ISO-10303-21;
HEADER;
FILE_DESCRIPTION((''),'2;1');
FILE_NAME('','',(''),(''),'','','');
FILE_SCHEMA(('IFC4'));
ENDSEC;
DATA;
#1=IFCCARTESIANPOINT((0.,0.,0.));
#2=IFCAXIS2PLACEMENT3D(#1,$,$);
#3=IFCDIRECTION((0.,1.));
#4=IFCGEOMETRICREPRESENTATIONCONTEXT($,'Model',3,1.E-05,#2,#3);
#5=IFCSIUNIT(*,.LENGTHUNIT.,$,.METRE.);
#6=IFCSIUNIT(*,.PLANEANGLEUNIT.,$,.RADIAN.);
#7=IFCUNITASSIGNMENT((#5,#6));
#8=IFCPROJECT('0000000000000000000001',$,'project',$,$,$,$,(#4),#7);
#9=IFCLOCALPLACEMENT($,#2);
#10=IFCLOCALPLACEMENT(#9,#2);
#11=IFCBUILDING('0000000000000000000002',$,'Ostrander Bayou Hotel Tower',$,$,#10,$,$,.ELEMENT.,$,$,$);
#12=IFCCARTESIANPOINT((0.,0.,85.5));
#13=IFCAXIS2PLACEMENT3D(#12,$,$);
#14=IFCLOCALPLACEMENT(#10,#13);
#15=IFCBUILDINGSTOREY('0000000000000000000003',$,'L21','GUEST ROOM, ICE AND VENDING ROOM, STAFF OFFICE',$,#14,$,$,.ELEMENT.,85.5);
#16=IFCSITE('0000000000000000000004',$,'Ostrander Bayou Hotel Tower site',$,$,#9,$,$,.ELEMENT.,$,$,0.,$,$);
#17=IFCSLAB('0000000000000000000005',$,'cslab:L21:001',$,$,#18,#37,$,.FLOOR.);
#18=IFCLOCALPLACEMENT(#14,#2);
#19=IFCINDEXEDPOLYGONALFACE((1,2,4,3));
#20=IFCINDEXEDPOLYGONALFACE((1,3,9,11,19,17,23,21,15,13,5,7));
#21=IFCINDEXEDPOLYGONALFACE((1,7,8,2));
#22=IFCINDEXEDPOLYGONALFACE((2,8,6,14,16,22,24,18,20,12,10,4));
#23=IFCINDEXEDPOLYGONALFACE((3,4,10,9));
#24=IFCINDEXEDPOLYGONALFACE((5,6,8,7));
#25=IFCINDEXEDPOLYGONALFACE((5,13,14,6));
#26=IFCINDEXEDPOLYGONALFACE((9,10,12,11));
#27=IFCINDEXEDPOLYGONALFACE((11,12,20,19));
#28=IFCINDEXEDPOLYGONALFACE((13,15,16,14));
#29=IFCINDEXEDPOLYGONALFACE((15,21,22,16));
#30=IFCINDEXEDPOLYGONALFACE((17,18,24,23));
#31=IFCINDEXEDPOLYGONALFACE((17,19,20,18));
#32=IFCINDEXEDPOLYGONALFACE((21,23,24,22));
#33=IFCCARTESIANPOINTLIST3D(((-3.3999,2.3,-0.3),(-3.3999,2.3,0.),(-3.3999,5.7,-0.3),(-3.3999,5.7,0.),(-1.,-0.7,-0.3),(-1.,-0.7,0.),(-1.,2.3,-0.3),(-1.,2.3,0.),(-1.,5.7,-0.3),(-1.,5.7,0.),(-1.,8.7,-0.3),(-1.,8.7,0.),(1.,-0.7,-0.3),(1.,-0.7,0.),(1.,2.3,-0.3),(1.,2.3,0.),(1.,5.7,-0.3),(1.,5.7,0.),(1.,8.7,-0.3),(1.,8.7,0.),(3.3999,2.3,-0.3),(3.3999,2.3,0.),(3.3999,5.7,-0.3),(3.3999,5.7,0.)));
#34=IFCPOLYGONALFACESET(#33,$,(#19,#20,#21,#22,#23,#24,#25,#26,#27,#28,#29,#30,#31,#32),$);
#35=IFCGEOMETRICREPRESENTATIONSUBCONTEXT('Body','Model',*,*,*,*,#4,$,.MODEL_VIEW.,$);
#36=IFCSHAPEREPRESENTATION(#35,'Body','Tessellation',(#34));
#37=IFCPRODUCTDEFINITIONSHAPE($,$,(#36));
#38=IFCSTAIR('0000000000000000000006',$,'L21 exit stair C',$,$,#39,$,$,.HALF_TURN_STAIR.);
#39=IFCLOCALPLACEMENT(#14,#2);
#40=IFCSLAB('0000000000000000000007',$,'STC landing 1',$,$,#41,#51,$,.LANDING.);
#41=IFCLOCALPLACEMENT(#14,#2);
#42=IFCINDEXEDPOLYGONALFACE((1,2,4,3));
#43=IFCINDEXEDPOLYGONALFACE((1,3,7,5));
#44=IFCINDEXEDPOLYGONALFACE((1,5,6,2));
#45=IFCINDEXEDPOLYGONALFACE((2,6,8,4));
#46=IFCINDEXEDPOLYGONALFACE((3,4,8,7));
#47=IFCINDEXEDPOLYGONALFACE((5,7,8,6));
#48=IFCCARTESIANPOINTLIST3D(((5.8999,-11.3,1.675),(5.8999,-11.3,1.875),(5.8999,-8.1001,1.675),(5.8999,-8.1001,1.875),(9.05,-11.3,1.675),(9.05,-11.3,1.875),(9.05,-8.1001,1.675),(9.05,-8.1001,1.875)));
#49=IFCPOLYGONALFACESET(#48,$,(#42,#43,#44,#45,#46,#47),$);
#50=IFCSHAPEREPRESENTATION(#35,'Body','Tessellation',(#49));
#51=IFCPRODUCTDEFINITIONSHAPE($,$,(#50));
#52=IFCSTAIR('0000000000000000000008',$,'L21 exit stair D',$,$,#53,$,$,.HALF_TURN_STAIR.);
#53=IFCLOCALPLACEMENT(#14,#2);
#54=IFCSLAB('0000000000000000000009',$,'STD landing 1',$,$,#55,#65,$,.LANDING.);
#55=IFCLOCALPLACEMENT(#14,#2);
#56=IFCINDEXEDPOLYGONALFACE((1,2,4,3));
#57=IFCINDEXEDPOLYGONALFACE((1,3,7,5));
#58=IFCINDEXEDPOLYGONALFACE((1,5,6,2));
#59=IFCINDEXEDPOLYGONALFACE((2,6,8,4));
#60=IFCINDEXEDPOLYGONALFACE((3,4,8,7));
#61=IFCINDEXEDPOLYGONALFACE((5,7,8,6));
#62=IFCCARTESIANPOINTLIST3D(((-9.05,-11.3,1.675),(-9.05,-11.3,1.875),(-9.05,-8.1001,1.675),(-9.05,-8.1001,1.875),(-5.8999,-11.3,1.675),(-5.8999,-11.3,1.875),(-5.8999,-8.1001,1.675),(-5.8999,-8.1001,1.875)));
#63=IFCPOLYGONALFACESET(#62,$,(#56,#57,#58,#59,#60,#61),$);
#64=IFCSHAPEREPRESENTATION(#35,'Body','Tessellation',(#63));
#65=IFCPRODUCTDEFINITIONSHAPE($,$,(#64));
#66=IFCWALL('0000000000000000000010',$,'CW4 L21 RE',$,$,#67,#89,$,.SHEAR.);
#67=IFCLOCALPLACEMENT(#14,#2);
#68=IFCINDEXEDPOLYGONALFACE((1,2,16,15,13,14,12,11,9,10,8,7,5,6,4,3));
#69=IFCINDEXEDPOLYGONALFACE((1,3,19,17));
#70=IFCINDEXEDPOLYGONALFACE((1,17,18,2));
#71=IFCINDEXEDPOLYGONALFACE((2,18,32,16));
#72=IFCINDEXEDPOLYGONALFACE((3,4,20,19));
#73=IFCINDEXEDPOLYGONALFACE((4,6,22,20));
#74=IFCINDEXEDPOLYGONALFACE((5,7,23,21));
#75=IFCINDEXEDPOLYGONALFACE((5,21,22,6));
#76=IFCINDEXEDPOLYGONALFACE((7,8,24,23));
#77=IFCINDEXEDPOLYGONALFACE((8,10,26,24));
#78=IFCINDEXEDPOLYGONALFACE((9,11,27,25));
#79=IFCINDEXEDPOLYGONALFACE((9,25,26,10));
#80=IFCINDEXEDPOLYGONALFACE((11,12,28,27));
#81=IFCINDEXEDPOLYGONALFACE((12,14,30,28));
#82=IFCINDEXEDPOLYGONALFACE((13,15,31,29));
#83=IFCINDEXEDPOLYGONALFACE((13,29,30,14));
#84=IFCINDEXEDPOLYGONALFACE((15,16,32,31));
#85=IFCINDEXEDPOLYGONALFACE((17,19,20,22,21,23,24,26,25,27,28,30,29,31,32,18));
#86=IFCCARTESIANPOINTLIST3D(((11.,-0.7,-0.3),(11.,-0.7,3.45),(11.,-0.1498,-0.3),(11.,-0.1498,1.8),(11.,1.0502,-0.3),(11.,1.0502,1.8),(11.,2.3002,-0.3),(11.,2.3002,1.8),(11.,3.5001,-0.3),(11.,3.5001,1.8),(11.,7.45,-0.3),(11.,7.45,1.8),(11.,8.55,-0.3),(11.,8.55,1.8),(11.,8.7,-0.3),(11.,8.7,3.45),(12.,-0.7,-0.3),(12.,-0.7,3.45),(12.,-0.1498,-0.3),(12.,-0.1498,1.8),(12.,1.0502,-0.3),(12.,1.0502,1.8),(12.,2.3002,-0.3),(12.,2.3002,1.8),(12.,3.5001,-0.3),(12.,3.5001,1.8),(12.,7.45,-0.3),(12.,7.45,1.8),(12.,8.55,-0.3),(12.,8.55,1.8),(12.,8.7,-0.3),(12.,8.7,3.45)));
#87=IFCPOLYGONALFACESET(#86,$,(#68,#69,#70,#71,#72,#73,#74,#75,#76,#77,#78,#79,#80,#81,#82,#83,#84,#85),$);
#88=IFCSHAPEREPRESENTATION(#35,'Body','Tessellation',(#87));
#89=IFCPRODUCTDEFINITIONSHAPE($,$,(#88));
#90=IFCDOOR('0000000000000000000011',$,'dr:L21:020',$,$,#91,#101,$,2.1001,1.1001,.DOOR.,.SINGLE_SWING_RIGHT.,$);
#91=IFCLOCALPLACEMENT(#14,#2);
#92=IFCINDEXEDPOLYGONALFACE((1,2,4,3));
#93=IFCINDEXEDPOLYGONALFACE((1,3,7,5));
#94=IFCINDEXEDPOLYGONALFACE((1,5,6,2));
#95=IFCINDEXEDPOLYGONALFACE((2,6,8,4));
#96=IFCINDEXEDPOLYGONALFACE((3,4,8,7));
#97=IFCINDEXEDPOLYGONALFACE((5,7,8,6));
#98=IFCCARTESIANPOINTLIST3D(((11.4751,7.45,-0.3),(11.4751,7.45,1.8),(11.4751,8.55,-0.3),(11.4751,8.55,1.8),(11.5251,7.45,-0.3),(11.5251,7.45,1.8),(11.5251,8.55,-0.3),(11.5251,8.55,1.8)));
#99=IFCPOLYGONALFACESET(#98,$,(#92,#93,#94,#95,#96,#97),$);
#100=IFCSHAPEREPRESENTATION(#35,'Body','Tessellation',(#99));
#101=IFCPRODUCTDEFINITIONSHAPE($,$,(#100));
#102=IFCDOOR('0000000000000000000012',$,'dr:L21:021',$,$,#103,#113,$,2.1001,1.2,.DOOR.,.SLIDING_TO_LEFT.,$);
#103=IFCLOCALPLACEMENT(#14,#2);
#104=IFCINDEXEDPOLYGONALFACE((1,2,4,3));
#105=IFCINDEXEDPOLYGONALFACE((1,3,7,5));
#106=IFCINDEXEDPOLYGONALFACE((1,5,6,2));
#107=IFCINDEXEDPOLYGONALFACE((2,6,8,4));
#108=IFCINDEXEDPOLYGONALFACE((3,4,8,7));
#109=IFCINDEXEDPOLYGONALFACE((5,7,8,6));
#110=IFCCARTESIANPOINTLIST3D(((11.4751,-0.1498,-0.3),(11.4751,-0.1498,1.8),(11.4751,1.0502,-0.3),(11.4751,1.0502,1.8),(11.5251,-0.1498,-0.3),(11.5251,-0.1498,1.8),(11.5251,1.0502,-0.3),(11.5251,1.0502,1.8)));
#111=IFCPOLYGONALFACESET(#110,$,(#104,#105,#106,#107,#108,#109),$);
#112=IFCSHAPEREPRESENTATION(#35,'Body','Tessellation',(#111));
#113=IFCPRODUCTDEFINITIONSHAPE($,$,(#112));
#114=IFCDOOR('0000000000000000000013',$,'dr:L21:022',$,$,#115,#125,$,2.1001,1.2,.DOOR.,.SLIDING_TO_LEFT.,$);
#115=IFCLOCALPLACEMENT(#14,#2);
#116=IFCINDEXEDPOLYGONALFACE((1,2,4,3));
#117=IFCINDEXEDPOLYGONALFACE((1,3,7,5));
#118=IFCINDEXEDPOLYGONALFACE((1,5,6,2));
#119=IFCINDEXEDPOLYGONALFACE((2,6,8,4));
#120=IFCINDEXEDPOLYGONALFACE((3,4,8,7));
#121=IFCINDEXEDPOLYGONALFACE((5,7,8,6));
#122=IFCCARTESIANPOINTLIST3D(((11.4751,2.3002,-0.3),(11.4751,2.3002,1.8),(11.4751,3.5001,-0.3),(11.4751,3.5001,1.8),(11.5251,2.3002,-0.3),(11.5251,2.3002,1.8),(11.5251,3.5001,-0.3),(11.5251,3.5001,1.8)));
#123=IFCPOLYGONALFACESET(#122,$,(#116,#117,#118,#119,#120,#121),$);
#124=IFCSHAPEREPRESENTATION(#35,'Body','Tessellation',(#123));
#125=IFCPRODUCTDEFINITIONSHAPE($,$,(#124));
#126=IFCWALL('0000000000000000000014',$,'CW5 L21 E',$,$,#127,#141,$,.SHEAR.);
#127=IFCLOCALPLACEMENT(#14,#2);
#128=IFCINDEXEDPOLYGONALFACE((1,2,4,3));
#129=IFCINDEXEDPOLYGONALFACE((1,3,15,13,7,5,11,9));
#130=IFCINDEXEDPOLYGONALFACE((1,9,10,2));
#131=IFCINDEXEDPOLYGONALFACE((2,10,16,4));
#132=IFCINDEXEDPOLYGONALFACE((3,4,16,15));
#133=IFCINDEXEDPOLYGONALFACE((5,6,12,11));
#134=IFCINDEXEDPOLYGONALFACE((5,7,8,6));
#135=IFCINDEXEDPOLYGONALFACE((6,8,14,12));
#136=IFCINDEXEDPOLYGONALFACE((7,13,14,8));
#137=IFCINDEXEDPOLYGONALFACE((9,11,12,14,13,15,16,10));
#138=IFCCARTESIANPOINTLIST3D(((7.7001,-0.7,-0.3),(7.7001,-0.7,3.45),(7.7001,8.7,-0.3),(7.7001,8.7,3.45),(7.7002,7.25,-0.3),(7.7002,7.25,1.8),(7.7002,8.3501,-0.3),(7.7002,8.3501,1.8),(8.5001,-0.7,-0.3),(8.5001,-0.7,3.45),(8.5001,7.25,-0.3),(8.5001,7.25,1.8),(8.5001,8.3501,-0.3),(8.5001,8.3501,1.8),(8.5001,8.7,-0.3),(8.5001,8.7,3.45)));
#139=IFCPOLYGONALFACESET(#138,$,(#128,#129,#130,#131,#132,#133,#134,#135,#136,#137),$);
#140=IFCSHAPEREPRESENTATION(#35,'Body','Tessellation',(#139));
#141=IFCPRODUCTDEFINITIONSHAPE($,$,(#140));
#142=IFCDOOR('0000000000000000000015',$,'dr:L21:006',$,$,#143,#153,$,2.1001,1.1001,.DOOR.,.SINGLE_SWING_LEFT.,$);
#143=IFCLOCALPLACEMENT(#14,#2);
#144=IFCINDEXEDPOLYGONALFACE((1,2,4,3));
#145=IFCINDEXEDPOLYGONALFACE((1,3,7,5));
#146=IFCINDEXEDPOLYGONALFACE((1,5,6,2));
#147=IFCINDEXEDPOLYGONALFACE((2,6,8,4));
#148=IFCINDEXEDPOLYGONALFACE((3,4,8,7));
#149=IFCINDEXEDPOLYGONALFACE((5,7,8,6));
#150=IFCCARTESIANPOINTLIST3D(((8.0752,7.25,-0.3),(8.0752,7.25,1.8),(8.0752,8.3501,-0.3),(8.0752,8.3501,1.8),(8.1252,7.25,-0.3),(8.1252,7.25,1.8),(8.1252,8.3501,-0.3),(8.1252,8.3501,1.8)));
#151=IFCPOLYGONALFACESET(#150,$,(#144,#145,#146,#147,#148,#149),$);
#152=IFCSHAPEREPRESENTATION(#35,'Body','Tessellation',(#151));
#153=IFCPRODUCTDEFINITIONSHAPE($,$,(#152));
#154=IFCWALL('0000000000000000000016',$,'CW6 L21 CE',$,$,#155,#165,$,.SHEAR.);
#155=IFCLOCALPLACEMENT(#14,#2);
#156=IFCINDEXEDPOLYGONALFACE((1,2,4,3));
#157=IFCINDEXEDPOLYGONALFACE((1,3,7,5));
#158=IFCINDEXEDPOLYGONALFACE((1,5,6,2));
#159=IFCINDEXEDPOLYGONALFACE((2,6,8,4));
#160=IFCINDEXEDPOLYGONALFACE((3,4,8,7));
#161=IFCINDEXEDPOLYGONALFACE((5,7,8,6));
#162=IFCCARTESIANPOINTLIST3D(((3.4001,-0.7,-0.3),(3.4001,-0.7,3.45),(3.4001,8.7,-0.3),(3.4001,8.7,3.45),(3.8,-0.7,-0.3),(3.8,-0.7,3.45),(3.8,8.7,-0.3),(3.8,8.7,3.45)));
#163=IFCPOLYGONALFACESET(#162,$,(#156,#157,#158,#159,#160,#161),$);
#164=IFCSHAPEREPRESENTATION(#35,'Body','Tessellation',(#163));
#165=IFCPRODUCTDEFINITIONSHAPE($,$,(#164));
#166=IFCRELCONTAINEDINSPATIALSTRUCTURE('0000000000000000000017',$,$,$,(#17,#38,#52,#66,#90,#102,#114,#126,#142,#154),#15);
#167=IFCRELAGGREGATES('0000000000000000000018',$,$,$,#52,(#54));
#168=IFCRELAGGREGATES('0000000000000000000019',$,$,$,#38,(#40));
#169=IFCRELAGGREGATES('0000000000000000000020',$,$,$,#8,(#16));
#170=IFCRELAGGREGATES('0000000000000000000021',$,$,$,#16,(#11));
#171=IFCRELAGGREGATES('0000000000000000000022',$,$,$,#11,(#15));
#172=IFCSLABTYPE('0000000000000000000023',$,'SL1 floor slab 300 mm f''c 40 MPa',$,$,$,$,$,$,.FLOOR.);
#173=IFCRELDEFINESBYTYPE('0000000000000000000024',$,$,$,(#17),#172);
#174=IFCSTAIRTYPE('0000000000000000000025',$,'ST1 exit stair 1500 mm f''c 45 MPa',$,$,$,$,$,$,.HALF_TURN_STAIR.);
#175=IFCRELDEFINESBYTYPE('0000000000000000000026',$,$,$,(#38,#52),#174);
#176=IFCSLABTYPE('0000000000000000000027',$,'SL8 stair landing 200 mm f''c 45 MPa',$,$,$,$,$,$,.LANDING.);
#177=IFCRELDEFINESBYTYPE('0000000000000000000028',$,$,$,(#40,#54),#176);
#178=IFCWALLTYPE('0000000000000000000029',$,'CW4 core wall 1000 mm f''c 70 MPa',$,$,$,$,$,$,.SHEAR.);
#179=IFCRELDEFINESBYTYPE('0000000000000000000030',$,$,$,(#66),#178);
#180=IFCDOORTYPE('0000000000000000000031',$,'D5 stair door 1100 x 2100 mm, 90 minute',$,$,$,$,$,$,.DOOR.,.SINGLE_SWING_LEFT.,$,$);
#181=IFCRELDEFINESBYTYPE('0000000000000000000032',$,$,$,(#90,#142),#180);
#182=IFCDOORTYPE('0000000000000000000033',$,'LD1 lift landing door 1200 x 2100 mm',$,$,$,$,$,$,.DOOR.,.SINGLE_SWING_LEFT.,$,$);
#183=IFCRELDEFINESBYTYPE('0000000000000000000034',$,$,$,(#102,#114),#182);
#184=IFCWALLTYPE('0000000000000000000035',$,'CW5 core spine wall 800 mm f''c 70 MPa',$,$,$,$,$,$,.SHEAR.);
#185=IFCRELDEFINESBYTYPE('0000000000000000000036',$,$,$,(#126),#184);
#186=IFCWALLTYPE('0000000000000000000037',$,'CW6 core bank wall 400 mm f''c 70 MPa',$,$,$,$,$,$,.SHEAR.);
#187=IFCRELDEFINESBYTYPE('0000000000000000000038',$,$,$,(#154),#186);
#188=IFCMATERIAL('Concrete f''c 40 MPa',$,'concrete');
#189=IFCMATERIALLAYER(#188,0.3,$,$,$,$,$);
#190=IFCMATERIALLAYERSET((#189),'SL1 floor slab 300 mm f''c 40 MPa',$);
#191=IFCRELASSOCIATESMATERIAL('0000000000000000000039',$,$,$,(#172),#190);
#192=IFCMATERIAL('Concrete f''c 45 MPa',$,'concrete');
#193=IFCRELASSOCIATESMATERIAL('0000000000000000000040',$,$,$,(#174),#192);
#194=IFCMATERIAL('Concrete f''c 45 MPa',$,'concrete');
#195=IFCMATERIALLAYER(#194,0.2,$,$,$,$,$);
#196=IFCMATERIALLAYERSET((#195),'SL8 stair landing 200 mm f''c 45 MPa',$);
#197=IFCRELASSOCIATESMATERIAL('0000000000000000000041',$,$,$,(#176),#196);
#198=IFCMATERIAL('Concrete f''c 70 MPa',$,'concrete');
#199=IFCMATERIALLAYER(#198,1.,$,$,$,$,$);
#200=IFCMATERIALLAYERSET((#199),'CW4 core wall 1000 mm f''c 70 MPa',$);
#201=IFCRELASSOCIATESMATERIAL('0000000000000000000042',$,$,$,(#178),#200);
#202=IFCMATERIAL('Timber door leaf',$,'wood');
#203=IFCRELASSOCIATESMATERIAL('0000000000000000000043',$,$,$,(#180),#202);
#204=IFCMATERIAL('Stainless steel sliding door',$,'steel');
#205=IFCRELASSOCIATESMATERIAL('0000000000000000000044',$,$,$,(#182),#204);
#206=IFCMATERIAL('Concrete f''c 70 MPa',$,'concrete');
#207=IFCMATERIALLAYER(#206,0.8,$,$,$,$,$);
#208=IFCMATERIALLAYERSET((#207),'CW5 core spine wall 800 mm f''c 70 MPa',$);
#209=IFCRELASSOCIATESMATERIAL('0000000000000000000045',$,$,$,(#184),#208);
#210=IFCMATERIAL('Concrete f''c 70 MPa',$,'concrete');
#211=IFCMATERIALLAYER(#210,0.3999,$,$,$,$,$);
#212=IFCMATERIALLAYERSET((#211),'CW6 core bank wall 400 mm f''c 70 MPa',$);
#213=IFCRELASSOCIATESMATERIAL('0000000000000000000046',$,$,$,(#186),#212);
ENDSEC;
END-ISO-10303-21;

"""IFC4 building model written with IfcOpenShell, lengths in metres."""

from ifc_helpers import new_model, si_unit, direction, frame, frame_2d, origin, place, context, subcontext, project, spatial, polyline, rectangle, outline, extrude, material, layer, layer_set, type_object, element, fill, aggregate, save


model = new_model("IFC4")

# Units and contexts
model_context = context("Model", 3, precision=1e-05, world=origin(), true_north=direction((0.0, 1.0)))
body_context = subcontext(model_context, "Body", "Model", "MODEL_VIEW")
ifc_project = project(units=[si_unit("LENGTHUNIT", "METRE"), si_unit("PLANEANGLEUNIT", "RADIAN")], contexts=[model_context])

# Site, building, storey
site_placement = place(None, origin())
site = spatial("IfcSite", under=ifc_project, at=site_placement, Name="Ostrander Bayou Hotel Tower site", CompositionType="ELEMENT", RefElevation=0.0)
building_placement = place(site_placement, origin())
building = spatial("IfcBuilding", under=site, at=building_placement, Name="Ostrander Bayou Hotel Tower", CompositionType="ELEMENT")
storey_placement = place(building_placement, frame((0.0, 0.0, 85.5)))
storey = spatial("IfcBuildingStorey", under=building, at=storey_placement, Name="L21", Description="GUEST ROOM, ICE AND VENDING ROOM, STAFF OFFICE", CompositionType="ELEMENT", Elevation=85.5)

# Slab
ifc_material_1 = material(Name="Concrete f'c 40 MPa", Category="concrete")
ifc_layer_1 = layer(ifc_material_1, 0.3)
ifc_layer_set_1 = layer_set([ifc_layer_1], Name="SL1 floor slab 300 mm f'c 40 MPa")
slab_type_1 = type_object("IfcSlabType", Name="SL1 floor slab 300 mm f'c 40 MPa", PredefinedType="FLOOR", material=ifc_layer_set_1)
slab_1_placement = place(storey_placement, frame((0.0, 0.0, -0.3)))
element("IfcSlab", 1, at=slab_1_placement, inside=storey, type_object=slab_type_1, Name="cslab:L21:001", PredefinedType="FLOOR", context=body_context, shape_type="SweptSolid", body=[
    extrude(outline(polyline([(-3.3999, 5.7), (-1.0, 5.7), (-1.0, 8.7), (1.0, 8.7), (1.0, 5.7), (3.3999, 5.7), (3.3999, 2.3), (1.0, 2.3), (1.0, -0.7), (-1.0, -0.7), (-1.0, 2.3), (-3.3999, 2.3), (-3.3999, 5.7)])), origin(), (0.0, 0.0, 1.0), 0.3),
])

# Stairs, slabs
ifc_material_2 = material(Name="Concrete f'c 45 MPa", Category="concrete")
stair_type = type_object("IfcStairType", Name="ST1 exit stair 1500 mm f'c 45 MPa", PredefinedType="HALF_TURN_STAIR", material=ifc_material_2)
stair_1_placement = place(storey_placement, origin())
stair_1 = element("IfcStair", 2, at=stair_1_placement, inside=storey, type_object=stair_type, Name="L21 exit stair C", PredefinedType="HALF_TURN_STAIR")
ifc_material_3 = material(Name="Concrete f'c 45 MPa", Category="concrete")
ifc_layer_2 = layer(ifc_material_3, 0.2)
ifc_layer_set_2 = layer_set([ifc_layer_2], Name="SL8 stair landing 200 mm f'c 45 MPa")
slab_type_2 = type_object("IfcSlabType", Name="SL8 stair landing 200 mm f'c 45 MPa", PredefinedType="LANDING", material=ifc_layer_set_2)
slab_2_placement = place(storey_placement, frame((0.0, 0.0, 1.675)))
slab_2 = element("IfcSlab", 3, at=slab_2_placement, type_object=slab_type_2, Name="STC landing 1", PredefinedType="LANDING", context=body_context, shape_type="SweptSolid", body=[
    extrude(outline(polyline([(5.8999, -8.1001), (5.8999, -11.3), (9.05, -11.3), (9.05, -8.1001), (5.8999, -8.1001)])), origin(), (0.0, 0.0, 1.0), 0.2),
])
stair_2_placement = place(storey_placement, origin())
stair_2 = element("IfcStair", 4, at=stair_2_placement, inside=storey, type_object=stair_type, Name="L21 exit stair D", PredefinedType="HALF_TURN_STAIR")
slab_3_placement = place(storey_placement, frame((0.0, 0.0, 1.675)))
slab_3 = element("IfcSlab", 5, at=slab_3_placement, type_object=slab_type_2, Name="STD landing 1", PredefinedType="LANDING", context=body_context, shape_type="SweptSolid", body=[
    extrude(outline(polyline([(-9.05, -8.1001), (-9.05, -11.3), (-5.8999, -11.3), (-5.8999, -8.1001), (-9.05, -8.1001)])), origin(), (0.0, 0.0, 1.0), 0.2),
])
aggregate(stair_2, [slab_3])

# Wall, openings, doors
ifc_material_4 = material(Name="Concrete f'c 70 MPa", Category="concrete")
ifc_layer_3 = layer(ifc_material_4, 1.0)
ifc_layer_set_3 = layer_set([ifc_layer_3], Name="CW4 core wall 1000 mm f'c 70 MPa")
wall_type_1 = type_object("IfcWallType", Name="CW4 core wall 1000 mm f'c 70 MPa", PredefinedType="SHEAR", material=ifc_layer_set_3)
wall_1_placement = place(storey_placement, frame((11.5, -0.7, -0.3), z_axis=(0.0, 0.0, 1.0), x_axis=(0.0, 1.0, 0.0)))
wall_1 = element("IfcWall", 6, at=wall_1_placement, inside=storey, type_object=wall_type_1, Name="CW4 L21 RE", PredefinedType="SHEAR", context=body_context, shape_type="SweptSolid", body=[
    extrude(rectangle(XDim=9.3999, YDim=1.0, at=frame_2d((4.7, 0.0))), origin(), (0.0, 0.0, 1.0), 3.75),
])
opening_1_placement = place(wall_1_placement, frame((8.1499, 0.0, 0.0)))
opening_1 = element("IfcOpeningElement", 7, at=opening_1_placement, cuts=wall_1, PredefinedType="OPENING", context=body_context, shape_type="SweptSolid", body=[
    extrude(rectangle(XDim=1.1001, YDim=2.1001, at=frame_2d((0.55, 1.05))), frame((0.0, 0.5, 0.0), z_axis=(0.0, -1.0, 0.0), x_axis=(1.0, 0.0, 0.0)), (0.0, 0.0, 1.0), 1.0),
])
opening_2_placement = place(wall_1_placement, frame((0.55, 0.0, 0.0)))
opening_2 = element("IfcOpeningElement", 8, at=opening_2_placement, cuts=wall_1, PredefinedType="OPENING", context=body_context, shape_type="SweptSolid", body=[
    extrude(rectangle(XDim=1.2, YDim=2.1001, at=frame_2d((0.6001, 1.05))), frame((0.0, 0.5, 0.0), z_axis=(0.0, -1.0, 0.0), x_axis=(1.0, 0.0, 0.0)), (0.0, 0.0, 1.0), 1.0),
])
opening_3_placement = place(wall_1_placement, frame((3.0, 0.0, 0.0)))
opening_3 = element("IfcOpeningElement", 9, at=opening_3_placement, cuts=wall_1, PredefinedType="OPENING", context=body_context, shape_type="SweptSolid", body=[
    extrude(rectangle(XDim=1.2, YDim=2.1001, at=frame_2d((0.6001, 1.05))), frame((0.0, 0.5, 0.0), z_axis=(0.0, -1.0, 0.0), x_axis=(1.0, 0.0, 0.0)), (0.0, 0.0, 1.0), 1.0),
])
ifc_material_5 = material(Name="Timber door leaf", Category="wood")
door_type_1 = type_object("IfcDoorType", Name="D5 stair door 1100 x 2100 mm, 90 minute", OperationType="SINGLE_SWING_LEFT", PredefinedType="DOOR", material=ifc_material_5)
door_1_placement = place(opening_1_placement, origin())
door_1 = element("IfcDoor", 10, at=door_1_placement, inside=storey, type_object=door_type_1, Name="dr:L21:020", OperationType="SINGLE_SWING_RIGHT", OverallHeight=2.1001, OverallWidth=1.1001, PredefinedType="DOOR", context=body_context, shape_type="SweptSolid", body=[
    extrude(rectangle(XDim=1.1001, YDim=2.1001, at=frame_2d((0.55, 1.05))), frame((0.0, 0.0249, 0.0), z_axis=(0.0, -1.0, 0.0), x_axis=(1.0, 0.0, 0.0)), (0.0, 0.0, 1.0), 0.05),
])
fill(opening_1, door_1)
ifc_material_6 = material(Name="Stainless steel sliding door", Category="steel")
door_type_2 = type_object("IfcDoorType", Name="LD1 lift landing door 1200 x 2100 mm", OperationType="SINGLE_SWING_LEFT", PredefinedType="DOOR", material=ifc_material_6)
door_2_placement = place(opening_2_placement, origin())
door_2 = element("IfcDoor", 11, at=door_2_placement, inside=storey, type_object=door_type_2, Name="dr:L21:021", OperationType="SLIDING_TO_LEFT", OverallHeight=2.1001, OverallWidth=1.2, PredefinedType="DOOR", context=body_context, shape_type="SweptSolid", body=[
    extrude(rectangle(XDim=1.2, YDim=2.1001, at=frame_2d((0.6001, 1.05))), frame((0.0, 0.0249, 0.0), z_axis=(0.0, -1.0, 0.0), x_axis=(1.0, 0.0, 0.0)), (0.0, 0.0, 1.0), 0.05),
])
fill(opening_2, door_2)
door_3_placement = place(opening_3_placement, origin())
door_3 = element("IfcDoor", 12, at=door_3_placement, inside=storey, type_object=door_type_2, Name="dr:L21:022", OperationType="SLIDING_TO_LEFT", OverallHeight=2.1001, OverallWidth=1.2, PredefinedType="DOOR", context=body_context, shape_type="SweptSolid", body=[
    extrude(rectangle(XDim=1.2, YDim=2.1001, at=frame_2d((0.6001, 1.05))), frame((0.0, 0.0249, 0.0), z_axis=(0.0, -1.0, 0.0), x_axis=(1.0, 0.0, 0.0)), (0.0, 0.0, 1.0), 0.05),
])
fill(opening_3, door_3)

# Wall, opening, door
ifc_material_7 = material(Name="Concrete f'c 70 MPa", Category="concrete")
ifc_layer_4 = layer(ifc_material_7, 0.8)
ifc_layer_set_4 = layer_set([ifc_layer_4], Name="CW5 core spine wall 800 mm f'c 70 MPa")
wall_type_2 = type_object("IfcWallType", Name="CW5 core spine wall 800 mm f'c 70 MPa", PredefinedType="SHEAR", material=ifc_layer_set_4)
wall_2_placement = place(storey_placement, frame((8.1001, -0.7, -0.3), z_axis=(0.0, 0.0, 1.0), x_axis=(0.0, 1.0, 0.0)))
wall_2 = element("IfcWall", 13, at=wall_2_placement, inside=storey, type_object=wall_type_2, Name="CW5 L21 E", PredefinedType="SHEAR", context=body_context, shape_type="SweptSolid", body=[
    extrude(rectangle(XDim=9.3999, YDim=0.8, at=frame_2d((4.7, 0.0))), origin(), (0.0, 0.0, 1.0), 3.75),
])
opening_4_placement = place(wall_2_placement, frame((7.95, 0.0, 0.0)))
opening_4 = element("IfcOpeningElement", 14, at=opening_4_placement, cuts=wall_2, PredefinedType="OPENING", context=body_context, shape_type="SweptSolid", body=[
    extrude(rectangle(XDim=1.1001, YDim=2.1001, at=frame_2d((0.55, 1.05))), frame((0.0, 0.3999, 0.0), z_axis=(0.0, -1.0, 0.0), x_axis=(1.0, 0.0, 0.0)), (0.0, 0.0, 1.0), 0.8),
])
door_4_placement = place(opening_4_placement, origin())
door_4 = element("IfcDoor", 15, at=door_4_placement, inside=storey, type_object=door_type_1, Name="dr:L21:006", OperationType="SINGLE_SWING_LEFT", OverallHeight=2.1001, OverallWidth=1.1001, PredefinedType="DOOR", context=body_context, shape_type="SweptSolid", body=[
    extrude(rectangle(XDim=1.1001, YDim=2.1001, at=frame_2d((0.55, 1.05))), frame((0.0, 0.0249, 0.0), z_axis=(0.0, -1.0, 0.0), x_axis=(1.0, 0.0, 0.0)), (0.0, 0.0, 1.0), 0.05),
])
fill(opening_4, door_4)

# Wall
ifc_material_8 = material(Name="Concrete f'c 70 MPa", Category="concrete")
ifc_layer_5 = layer(ifc_material_8, 0.3999)
ifc_layer_set_5 = layer_set([ifc_layer_5], Name="CW6 core bank wall 400 mm f'c 70 MPa")
wall_type_3 = type_object("IfcWallType", Name="CW6 core bank wall 400 mm f'c 70 MPa", PredefinedType="SHEAR", material=ifc_layer_set_5)
wall_3_placement = place(storey_placement, frame((3.6001, -0.7, -0.3), z_axis=(0.0, 0.0, 1.0), x_axis=(0.0, 1.0, 0.0)))
element("IfcWall", 16, at=wall_3_placement, inside=storey, type_object=wall_type_3, Name="CW6 L21 CE", PredefinedType="SHEAR", context=body_context, shape_type="SweptSolid", body=[
    extrude(rectangle(XDim=9.3999, YDim=0.3999, at=frame_2d((4.7, 0.0))), origin(), (0.0, 0.0, 1.0), 3.75),
])

aggregate(stair_1, [slab_2])

save(model, "model.ifc")
